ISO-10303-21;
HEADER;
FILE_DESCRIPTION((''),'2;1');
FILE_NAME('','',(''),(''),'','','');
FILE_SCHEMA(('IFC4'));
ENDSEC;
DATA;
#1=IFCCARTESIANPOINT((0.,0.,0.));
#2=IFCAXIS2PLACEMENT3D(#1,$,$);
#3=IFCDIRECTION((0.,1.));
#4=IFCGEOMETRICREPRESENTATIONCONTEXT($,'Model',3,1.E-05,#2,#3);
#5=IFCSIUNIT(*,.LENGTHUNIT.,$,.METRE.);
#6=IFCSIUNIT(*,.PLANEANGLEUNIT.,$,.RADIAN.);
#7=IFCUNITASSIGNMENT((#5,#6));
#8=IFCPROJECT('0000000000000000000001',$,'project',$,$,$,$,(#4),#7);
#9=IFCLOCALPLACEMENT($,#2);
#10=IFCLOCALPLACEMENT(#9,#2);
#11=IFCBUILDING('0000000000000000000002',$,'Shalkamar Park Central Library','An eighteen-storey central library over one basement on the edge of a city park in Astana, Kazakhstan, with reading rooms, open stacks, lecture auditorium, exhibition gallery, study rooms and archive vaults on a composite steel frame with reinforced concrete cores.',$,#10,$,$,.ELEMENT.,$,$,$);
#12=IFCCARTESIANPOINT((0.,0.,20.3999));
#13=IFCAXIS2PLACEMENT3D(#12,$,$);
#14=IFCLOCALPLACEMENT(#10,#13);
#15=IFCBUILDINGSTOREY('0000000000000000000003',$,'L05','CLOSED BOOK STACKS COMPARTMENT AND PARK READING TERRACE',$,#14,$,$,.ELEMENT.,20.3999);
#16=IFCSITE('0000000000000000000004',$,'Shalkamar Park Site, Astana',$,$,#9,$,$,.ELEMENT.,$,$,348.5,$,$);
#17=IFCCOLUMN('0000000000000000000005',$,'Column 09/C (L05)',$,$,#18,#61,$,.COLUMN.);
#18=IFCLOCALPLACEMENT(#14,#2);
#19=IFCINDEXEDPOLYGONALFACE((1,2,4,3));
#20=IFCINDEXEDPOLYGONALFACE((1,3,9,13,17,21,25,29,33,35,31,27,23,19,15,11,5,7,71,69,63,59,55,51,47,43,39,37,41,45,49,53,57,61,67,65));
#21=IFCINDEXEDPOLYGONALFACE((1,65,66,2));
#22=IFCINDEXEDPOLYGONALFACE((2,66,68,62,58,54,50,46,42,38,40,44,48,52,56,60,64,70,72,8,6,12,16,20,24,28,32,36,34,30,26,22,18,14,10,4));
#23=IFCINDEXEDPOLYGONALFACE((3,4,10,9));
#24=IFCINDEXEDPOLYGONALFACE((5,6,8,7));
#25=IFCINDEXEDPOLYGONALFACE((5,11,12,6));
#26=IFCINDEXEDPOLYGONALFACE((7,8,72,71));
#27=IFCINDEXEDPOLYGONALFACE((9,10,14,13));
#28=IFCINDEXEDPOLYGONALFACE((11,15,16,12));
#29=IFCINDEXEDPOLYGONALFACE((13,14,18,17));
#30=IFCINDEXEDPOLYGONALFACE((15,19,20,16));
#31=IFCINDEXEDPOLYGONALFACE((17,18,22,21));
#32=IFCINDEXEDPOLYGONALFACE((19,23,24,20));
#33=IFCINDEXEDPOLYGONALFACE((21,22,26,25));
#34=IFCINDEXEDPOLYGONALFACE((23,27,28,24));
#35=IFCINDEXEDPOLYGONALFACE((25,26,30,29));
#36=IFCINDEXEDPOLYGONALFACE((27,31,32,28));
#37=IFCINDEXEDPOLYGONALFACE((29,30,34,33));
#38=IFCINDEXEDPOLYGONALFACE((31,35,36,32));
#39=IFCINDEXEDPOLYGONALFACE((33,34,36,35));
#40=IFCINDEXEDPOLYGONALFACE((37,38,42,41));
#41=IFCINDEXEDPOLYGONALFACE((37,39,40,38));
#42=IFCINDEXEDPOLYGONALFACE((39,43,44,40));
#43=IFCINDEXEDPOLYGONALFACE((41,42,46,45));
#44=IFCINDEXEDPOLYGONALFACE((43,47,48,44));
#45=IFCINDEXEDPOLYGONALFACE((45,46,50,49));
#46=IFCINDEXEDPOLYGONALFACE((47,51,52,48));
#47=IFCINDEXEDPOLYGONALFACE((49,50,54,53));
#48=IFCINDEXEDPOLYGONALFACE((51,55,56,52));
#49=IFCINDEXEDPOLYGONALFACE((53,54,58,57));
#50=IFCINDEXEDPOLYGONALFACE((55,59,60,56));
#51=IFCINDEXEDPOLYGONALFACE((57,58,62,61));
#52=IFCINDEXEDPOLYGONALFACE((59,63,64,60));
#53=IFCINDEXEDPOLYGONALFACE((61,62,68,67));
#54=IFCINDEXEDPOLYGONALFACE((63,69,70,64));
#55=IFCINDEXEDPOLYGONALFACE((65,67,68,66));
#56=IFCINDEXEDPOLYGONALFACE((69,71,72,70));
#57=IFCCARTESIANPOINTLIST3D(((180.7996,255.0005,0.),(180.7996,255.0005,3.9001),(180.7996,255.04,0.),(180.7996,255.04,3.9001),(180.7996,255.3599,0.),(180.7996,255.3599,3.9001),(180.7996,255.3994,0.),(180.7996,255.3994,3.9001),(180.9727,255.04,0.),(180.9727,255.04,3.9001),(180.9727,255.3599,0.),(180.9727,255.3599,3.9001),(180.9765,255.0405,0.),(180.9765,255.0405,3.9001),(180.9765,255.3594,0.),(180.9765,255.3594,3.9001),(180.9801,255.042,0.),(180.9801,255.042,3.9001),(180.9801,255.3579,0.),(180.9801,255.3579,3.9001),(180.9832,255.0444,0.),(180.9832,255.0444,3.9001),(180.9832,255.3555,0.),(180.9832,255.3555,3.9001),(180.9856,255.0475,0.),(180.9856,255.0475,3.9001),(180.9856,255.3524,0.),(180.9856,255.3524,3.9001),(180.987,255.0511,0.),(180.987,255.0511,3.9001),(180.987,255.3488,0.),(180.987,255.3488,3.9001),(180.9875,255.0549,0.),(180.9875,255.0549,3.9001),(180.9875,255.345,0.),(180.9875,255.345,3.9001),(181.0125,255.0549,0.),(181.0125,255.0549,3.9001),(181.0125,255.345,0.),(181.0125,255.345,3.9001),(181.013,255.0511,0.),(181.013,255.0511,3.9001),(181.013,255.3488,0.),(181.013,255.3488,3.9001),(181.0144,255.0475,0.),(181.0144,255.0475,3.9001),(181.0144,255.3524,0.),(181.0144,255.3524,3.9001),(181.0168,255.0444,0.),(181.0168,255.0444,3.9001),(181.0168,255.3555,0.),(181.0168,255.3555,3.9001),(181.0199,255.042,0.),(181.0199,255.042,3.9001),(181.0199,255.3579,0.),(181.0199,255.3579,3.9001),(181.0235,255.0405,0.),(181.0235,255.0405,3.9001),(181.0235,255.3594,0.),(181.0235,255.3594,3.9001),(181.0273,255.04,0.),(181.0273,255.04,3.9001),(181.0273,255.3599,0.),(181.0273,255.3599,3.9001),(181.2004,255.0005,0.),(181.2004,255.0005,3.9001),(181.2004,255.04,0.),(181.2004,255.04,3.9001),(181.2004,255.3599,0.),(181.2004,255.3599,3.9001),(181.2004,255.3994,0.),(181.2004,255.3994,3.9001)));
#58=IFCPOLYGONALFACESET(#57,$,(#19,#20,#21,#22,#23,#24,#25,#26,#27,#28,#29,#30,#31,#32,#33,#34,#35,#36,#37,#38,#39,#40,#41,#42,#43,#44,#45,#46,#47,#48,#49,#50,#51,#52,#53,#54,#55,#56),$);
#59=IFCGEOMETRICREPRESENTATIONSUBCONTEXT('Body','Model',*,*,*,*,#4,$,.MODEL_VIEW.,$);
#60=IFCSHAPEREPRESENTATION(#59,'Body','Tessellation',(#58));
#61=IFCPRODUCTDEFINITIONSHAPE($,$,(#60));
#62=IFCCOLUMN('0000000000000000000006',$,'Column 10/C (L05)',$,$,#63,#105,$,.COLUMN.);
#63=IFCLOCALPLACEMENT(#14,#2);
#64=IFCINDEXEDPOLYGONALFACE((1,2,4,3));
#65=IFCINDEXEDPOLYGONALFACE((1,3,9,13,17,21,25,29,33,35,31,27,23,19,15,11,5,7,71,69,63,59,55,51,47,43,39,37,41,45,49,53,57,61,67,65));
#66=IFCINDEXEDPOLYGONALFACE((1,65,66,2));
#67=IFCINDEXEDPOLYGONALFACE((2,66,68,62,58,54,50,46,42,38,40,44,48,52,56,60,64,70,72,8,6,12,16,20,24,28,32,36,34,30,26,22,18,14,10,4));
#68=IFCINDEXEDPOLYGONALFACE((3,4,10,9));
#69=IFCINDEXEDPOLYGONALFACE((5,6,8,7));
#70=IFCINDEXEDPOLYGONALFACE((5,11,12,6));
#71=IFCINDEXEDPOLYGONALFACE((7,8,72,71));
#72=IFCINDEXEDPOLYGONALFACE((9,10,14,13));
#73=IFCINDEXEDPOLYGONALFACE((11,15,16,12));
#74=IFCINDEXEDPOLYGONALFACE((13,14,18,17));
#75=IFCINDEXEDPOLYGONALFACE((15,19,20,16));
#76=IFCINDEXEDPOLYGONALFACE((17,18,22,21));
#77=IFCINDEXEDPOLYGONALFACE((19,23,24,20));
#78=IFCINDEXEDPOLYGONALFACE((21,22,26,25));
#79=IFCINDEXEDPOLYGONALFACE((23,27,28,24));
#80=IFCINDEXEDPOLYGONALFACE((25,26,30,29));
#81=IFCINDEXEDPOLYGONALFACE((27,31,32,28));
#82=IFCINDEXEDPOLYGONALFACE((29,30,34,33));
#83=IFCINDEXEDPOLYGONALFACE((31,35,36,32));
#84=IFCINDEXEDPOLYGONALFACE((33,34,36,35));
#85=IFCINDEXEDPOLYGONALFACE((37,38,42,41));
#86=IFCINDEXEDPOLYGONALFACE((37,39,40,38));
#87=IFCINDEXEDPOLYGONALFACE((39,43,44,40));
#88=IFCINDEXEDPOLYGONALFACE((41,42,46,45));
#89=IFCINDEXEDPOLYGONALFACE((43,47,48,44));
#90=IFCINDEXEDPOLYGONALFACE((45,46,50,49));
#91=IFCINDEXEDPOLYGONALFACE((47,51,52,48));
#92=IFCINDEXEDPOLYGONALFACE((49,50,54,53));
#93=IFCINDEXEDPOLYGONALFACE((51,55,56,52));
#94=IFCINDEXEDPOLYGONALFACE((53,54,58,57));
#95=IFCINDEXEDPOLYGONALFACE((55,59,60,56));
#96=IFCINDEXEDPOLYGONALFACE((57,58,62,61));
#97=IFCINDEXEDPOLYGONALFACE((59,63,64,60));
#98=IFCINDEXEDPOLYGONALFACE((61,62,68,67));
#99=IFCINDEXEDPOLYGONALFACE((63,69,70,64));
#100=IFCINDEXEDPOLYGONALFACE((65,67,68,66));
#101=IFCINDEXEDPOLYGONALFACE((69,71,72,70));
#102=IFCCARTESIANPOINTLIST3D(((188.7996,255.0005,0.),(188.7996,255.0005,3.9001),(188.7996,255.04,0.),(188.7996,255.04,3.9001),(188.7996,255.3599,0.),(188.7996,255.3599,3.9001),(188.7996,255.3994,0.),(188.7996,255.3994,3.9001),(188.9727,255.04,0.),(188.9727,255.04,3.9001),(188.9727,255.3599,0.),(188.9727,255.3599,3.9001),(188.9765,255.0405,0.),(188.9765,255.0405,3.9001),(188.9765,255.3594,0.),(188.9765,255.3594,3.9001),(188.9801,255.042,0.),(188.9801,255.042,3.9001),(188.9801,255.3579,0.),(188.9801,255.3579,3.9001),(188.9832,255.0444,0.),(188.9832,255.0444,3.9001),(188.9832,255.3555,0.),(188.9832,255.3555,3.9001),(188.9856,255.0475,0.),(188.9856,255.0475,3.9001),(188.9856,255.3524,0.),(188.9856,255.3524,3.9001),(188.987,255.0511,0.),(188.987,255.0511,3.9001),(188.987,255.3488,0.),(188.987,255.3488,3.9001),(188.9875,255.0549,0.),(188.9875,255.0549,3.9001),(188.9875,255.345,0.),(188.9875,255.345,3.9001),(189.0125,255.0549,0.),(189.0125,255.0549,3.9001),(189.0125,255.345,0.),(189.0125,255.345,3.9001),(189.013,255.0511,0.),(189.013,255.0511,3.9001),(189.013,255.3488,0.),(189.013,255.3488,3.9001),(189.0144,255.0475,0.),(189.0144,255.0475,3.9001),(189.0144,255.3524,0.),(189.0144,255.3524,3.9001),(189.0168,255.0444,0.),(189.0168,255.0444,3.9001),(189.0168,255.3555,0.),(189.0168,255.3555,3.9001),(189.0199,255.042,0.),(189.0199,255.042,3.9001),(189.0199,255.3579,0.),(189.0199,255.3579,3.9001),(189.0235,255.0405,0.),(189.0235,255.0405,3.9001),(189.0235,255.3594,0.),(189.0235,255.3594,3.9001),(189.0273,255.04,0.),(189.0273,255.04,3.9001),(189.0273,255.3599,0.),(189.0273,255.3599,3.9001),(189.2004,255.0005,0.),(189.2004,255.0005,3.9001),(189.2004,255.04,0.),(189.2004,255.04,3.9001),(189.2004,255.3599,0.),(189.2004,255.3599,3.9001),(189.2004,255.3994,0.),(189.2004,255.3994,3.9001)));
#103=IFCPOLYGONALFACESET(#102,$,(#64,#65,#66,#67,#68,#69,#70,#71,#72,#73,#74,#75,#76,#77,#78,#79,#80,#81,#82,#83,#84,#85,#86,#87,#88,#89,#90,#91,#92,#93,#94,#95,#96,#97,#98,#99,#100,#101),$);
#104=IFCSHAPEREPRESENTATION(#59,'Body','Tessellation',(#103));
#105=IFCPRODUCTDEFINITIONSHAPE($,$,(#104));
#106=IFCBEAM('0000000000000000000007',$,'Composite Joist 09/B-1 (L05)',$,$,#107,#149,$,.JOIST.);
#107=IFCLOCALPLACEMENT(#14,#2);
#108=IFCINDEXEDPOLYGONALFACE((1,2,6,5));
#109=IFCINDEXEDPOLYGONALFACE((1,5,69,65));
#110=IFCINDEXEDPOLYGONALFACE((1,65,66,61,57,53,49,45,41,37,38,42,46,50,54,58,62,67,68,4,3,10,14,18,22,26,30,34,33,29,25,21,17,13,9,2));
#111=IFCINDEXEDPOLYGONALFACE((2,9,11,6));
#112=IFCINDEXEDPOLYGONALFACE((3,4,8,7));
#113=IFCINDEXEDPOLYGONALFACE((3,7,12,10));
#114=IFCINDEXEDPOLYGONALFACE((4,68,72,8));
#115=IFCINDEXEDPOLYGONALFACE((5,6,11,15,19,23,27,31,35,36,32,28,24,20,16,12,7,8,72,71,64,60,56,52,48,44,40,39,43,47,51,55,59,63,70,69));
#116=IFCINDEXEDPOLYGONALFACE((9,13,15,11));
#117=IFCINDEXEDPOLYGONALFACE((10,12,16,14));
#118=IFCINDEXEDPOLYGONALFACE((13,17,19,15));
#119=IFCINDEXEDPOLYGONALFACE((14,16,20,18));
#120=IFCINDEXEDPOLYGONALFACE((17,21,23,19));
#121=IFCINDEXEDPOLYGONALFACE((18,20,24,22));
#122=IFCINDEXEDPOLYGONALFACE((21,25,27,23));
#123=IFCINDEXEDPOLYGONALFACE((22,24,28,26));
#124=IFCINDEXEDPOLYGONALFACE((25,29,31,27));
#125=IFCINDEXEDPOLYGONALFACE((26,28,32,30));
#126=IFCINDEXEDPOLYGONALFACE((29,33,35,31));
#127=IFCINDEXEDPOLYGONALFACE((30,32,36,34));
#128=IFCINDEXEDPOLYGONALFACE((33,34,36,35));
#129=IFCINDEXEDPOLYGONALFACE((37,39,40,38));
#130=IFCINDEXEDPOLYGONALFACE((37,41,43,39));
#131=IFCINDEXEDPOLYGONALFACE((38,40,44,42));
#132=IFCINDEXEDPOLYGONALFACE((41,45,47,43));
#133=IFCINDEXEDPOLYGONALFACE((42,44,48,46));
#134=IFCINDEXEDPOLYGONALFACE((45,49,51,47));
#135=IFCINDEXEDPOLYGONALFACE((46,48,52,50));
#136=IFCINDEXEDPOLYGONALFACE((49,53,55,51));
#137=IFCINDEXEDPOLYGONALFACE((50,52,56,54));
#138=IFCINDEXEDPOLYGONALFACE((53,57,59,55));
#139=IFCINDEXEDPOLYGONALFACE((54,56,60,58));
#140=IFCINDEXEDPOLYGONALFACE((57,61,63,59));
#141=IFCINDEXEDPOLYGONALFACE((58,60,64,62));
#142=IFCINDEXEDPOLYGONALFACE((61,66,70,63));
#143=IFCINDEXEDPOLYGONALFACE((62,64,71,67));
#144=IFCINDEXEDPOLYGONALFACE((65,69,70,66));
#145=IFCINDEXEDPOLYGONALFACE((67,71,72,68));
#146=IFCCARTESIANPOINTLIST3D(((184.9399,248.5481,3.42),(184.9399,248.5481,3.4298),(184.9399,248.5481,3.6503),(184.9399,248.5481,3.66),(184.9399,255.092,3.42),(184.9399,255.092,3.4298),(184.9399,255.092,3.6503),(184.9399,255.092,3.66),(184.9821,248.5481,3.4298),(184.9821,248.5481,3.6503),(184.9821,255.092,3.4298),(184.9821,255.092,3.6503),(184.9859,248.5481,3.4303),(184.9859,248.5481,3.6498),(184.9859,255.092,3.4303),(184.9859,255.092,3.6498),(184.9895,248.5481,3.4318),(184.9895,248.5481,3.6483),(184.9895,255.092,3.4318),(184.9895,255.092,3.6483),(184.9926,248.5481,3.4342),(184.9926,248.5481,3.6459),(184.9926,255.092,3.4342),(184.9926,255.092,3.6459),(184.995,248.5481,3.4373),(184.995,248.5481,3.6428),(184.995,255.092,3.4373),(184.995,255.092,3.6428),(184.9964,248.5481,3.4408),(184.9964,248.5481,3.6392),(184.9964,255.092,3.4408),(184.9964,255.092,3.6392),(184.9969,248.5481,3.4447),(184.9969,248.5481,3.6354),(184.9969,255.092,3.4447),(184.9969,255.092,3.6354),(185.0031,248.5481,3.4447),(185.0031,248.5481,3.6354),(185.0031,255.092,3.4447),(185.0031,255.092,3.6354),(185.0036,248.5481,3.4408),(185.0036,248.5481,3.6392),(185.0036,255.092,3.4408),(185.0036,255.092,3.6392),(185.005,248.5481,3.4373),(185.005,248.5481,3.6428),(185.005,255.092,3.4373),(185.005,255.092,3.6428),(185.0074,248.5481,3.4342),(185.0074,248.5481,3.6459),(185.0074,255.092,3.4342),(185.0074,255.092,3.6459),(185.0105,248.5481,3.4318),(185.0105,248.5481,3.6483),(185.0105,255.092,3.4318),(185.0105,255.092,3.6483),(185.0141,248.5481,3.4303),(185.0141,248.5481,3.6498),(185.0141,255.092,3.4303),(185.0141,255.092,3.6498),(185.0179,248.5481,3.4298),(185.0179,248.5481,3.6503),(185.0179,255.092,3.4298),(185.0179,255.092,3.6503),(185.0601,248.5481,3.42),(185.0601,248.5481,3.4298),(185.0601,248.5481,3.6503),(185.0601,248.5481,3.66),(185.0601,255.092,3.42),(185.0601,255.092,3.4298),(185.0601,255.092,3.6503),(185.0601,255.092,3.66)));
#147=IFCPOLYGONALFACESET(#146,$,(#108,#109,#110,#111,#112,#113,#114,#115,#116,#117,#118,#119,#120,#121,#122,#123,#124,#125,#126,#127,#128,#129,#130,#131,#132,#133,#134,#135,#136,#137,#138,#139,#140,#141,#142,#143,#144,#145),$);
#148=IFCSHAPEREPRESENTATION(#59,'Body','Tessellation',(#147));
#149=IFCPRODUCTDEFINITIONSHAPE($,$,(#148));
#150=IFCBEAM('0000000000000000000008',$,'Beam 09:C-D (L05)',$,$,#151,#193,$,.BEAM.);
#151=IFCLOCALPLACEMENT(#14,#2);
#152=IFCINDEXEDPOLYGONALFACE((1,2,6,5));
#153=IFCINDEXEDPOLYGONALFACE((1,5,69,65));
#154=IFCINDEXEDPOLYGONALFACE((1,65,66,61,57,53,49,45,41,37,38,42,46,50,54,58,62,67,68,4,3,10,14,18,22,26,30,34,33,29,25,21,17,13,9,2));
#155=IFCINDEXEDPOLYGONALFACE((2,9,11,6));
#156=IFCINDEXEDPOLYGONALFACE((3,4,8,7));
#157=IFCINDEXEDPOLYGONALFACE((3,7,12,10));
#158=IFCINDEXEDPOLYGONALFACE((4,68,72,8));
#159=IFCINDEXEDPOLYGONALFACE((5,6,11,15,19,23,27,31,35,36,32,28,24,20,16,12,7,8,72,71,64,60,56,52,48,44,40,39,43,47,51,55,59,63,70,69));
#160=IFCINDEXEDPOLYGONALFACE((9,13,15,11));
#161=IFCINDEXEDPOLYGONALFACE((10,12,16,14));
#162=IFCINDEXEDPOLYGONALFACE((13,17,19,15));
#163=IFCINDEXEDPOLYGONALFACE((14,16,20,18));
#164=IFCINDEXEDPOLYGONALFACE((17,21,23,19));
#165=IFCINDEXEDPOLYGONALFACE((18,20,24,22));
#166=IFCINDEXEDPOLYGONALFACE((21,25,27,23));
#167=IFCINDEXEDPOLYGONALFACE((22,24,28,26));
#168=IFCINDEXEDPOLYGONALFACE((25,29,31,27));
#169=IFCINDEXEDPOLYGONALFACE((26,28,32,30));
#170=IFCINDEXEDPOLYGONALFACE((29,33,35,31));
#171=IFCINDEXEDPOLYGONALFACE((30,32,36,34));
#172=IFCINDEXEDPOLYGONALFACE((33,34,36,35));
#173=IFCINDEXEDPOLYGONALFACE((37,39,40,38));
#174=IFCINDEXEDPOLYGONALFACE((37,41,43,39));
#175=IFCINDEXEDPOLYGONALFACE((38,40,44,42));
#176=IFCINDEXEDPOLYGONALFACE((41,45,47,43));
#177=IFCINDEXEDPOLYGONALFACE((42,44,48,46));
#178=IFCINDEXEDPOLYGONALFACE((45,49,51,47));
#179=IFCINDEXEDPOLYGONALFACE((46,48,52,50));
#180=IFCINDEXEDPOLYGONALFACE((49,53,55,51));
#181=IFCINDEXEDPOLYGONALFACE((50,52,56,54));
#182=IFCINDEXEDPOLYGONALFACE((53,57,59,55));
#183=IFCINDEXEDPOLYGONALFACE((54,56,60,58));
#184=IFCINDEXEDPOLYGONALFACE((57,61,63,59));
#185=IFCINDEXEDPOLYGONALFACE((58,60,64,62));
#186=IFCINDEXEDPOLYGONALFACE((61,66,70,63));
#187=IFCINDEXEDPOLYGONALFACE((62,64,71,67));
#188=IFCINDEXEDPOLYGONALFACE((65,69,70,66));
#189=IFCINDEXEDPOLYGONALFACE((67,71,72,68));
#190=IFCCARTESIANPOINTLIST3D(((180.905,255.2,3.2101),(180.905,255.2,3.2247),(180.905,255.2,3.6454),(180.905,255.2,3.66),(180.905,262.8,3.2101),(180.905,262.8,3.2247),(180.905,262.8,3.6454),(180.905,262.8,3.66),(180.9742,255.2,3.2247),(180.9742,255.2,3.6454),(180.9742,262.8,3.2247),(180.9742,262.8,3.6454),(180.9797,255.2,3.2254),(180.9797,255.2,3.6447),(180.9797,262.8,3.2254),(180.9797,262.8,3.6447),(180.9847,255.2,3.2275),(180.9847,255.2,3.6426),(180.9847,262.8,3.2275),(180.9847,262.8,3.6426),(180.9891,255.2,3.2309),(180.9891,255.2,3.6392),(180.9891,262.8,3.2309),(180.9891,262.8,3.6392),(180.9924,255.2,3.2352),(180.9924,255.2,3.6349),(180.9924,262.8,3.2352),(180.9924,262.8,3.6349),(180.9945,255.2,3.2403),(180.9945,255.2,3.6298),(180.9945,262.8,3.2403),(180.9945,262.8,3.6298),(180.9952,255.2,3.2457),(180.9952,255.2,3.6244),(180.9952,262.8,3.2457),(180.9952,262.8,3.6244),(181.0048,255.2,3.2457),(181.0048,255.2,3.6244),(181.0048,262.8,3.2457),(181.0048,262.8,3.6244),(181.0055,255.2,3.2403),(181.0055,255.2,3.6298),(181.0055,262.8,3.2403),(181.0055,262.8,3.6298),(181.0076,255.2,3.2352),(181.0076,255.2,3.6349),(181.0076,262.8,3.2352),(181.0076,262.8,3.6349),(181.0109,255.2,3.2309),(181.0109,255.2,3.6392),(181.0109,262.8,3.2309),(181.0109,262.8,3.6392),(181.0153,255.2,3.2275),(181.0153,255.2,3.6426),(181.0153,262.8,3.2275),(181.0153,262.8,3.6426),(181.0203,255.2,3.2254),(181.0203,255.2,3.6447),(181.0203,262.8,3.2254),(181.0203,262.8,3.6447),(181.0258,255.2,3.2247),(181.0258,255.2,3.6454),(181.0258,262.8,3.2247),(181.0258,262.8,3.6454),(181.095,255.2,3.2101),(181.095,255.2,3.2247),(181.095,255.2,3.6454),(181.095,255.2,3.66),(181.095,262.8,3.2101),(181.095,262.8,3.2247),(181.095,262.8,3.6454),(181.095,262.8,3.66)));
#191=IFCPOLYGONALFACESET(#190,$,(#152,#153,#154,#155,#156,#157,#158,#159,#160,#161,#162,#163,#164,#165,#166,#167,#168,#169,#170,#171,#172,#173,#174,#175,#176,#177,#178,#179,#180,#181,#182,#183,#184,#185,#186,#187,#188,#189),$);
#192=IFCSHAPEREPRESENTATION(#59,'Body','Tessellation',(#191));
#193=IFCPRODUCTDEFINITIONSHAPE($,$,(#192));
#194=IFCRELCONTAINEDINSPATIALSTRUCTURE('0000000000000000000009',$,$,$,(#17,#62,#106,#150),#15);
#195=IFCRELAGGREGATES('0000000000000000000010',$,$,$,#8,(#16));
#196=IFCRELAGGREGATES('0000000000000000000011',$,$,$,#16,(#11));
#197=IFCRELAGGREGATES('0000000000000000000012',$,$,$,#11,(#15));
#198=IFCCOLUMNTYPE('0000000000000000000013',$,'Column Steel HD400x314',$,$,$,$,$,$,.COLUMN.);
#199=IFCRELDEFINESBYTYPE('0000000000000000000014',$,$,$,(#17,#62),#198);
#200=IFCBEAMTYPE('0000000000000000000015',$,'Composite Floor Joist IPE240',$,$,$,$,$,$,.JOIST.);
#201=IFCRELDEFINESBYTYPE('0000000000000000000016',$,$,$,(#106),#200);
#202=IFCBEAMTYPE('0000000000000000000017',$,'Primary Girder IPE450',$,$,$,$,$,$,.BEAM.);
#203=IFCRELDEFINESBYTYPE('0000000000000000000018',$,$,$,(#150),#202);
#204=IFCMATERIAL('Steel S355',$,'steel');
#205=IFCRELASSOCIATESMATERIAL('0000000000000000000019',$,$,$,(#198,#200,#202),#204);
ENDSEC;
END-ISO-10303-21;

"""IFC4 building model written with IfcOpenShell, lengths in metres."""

from ifc_helpers import new_model, si_unit, direction, frame, origin, origin_2d, place, context, subcontext, project, spatial, i_section, extrude, material, material_profile, profile_set, type_object, element, save


model = new_model("IFC4")

# Units and contexts
model_context = context("Model", 3, precision=1e-05, world=origin(), true_north=direction((0.0, 1.0)))
body_context = subcontext(model_context, "Body", "Model", "MODEL_VIEW")
ifc_project = project(units=[si_unit("LENGTHUNIT", "METRE"), si_unit("PLANEANGLEUNIT", "RADIAN")], contexts=[model_context])

# Site, building, storey
site_placement = place(None, origin())
site = spatial("IfcSite", under=ifc_project, at=site_placement, Name="Shalkamar Park Site, Astana", CompositionType="ELEMENT", RefElevation=348.5)
building_placement = place(site_placement, origin())
building = spatial("IfcBuilding", under=site, at=building_placement, Name="Shalkamar Park Central Library", Description="An eighteen-storey central library over one basement on the edge of a city park in Astana, Kazakhstan, with reading rooms, open stacks, lecture auditorium, exhibition gallery, study rooms and archive vaults on a composite steel frame with reinforced concrete cores.", CompositionType="ELEMENT")
storey_placement = place(building_placement, frame((0.0, 0.0, 20.3999)))
storey = spatial("IfcBuildingStorey", under=building, at=storey_placement, Name="L05", Description="CLOSED BOOK STACKS COMPARTMENT AND PARK READING TERRACE", CompositionType="ELEMENT", Elevation=20.3999)

# Columns
ifc_material_1 = material(Name="Steel S355", Category="steel")
ifc_material_profile_1 = material_profile(ifc_material_1, i_section(OverallWidth=0.4009, OverallDepth=0.3989, WebThickness=0.0249, FlangeThickness=0.0396, FilletRadius=0.0149, at=origin_2d()), Name="HD 400x314")
ifc_profile_set_1 = profile_set([ifc_material_profile_1], Name="Steel S355")
column_type = type_object("IfcColumnType", Name="Column Steel HD400x314", PredefinedType="COLUMN", material=ifc_profile_set_1)
for number, where, z_axis, x_axis, name in (
    (1, (181.0, 255.2, 0.0), (0.0, 0.0, 1.0), (1.0, 0.0, 0.0), "Column 09/C (L05)"),
    (2, (189.0, 255.2, 0.0), (0.0, 0.0, 1.0), (1.0, 0.0, 0.0), "Column 10/C (L05)"),
):
    element("IfcColumn", number, at=place(storey_placement, frame(where, z_axis=z_axis, x_axis=x_axis)), inside=storey, type_object=column_type, Name=name, PredefinedType="COLUMN", context=body_context, shape_type="SweptSolid", body=[
        extrude(i_section(OverallWidth=0.4009, OverallDepth=0.3989, WebThickness=0.0249, FlangeThickness=0.0396, FilletRadius=0.0149, at=origin_2d()), origin(), (0.0, 0.0, 1.0), 3.9001),
    ])

# Beams
ifc_material_profile_2 = material_profile(ifc_material_1, i_section(OverallWidth=0.1201, OverallDepth=0.24, WebThickness=0.0061, FlangeThickness=0.0098, FilletRadius=0.0149, at=origin_2d()), Name="IPE 240")
ifc_profile_set_2 = profile_set([ifc_material_profile_2], Name="Steel S355")
beam_type_1 = type_object("IfcBeamType", Name="Composite Floor Joist IPE240", PredefinedType="JOIST", material=ifc_profile_set_2)
beam_placement = place(storey_placement, frame((185.0, 248.5481, 3.54), z_axis=(0.0, 1.0, 0.0), x_axis=(-1.0, 0.0, 0.0)))
element("IfcBeam", 3, at=beam_placement, inside=storey, type_object=beam_type_1, Name="Composite Joist 09/B-1 (L05)", PredefinedType="JOIST", context=body_context, shape_type="SweptSolid", body=[
    extrude(i_section(OverallWidth=0.1201, OverallDepth=0.24, WebThickness=0.0061, FlangeThickness=0.0098, FilletRadius=0.0149, at=origin_2d()), origin(), (0.0, 0.0, 1.0), 6.5439),
])
ifc_material_profile_3 = material_profile(ifc_material_1, i_section(OverallWidth=0.1899, OverallDepth=0.45, WebThickness=0.0095, FlangeThickness=0.0146, FilletRadius=0.021, at=origin_2d()), Name="IPE 450")
ifc_profile_set_3 = profile_set([ifc_material_profile_3], Name="Steel S355")
beam_type_2 = type_object("IfcBeamType", Name="Primary Girder IPE450", PredefinedType="BEAM", material=ifc_profile_set_3)
for number, where, z_axis, x_axis, name in (
    (4, (181.0, 255.2, 3.4351), (0.0, 1.0, 0.0), (-1.0, 0.0, 0.0), "Beam 09:C-D (L05)"),
):
    element("IfcBeam", number, at=place(storey_placement, frame(where, z_axis=z_axis, x_axis=x_axis)), inside=storey, type_object=beam_type_2, Name=name, PredefinedType="BEAM", context=body_context, shape_type="SweptSolid", body=[
        extrude(i_section(OverallWidth=0.1899, OverallDepth=0.45, WebThickness=0.0095, FlangeThickness=0.0146, FilletRadius=0.021, at=origin_2d()), origin(), (0.0, 0.0, 1.0), 7.6001),
    ])

save(model, "model.ifc")
